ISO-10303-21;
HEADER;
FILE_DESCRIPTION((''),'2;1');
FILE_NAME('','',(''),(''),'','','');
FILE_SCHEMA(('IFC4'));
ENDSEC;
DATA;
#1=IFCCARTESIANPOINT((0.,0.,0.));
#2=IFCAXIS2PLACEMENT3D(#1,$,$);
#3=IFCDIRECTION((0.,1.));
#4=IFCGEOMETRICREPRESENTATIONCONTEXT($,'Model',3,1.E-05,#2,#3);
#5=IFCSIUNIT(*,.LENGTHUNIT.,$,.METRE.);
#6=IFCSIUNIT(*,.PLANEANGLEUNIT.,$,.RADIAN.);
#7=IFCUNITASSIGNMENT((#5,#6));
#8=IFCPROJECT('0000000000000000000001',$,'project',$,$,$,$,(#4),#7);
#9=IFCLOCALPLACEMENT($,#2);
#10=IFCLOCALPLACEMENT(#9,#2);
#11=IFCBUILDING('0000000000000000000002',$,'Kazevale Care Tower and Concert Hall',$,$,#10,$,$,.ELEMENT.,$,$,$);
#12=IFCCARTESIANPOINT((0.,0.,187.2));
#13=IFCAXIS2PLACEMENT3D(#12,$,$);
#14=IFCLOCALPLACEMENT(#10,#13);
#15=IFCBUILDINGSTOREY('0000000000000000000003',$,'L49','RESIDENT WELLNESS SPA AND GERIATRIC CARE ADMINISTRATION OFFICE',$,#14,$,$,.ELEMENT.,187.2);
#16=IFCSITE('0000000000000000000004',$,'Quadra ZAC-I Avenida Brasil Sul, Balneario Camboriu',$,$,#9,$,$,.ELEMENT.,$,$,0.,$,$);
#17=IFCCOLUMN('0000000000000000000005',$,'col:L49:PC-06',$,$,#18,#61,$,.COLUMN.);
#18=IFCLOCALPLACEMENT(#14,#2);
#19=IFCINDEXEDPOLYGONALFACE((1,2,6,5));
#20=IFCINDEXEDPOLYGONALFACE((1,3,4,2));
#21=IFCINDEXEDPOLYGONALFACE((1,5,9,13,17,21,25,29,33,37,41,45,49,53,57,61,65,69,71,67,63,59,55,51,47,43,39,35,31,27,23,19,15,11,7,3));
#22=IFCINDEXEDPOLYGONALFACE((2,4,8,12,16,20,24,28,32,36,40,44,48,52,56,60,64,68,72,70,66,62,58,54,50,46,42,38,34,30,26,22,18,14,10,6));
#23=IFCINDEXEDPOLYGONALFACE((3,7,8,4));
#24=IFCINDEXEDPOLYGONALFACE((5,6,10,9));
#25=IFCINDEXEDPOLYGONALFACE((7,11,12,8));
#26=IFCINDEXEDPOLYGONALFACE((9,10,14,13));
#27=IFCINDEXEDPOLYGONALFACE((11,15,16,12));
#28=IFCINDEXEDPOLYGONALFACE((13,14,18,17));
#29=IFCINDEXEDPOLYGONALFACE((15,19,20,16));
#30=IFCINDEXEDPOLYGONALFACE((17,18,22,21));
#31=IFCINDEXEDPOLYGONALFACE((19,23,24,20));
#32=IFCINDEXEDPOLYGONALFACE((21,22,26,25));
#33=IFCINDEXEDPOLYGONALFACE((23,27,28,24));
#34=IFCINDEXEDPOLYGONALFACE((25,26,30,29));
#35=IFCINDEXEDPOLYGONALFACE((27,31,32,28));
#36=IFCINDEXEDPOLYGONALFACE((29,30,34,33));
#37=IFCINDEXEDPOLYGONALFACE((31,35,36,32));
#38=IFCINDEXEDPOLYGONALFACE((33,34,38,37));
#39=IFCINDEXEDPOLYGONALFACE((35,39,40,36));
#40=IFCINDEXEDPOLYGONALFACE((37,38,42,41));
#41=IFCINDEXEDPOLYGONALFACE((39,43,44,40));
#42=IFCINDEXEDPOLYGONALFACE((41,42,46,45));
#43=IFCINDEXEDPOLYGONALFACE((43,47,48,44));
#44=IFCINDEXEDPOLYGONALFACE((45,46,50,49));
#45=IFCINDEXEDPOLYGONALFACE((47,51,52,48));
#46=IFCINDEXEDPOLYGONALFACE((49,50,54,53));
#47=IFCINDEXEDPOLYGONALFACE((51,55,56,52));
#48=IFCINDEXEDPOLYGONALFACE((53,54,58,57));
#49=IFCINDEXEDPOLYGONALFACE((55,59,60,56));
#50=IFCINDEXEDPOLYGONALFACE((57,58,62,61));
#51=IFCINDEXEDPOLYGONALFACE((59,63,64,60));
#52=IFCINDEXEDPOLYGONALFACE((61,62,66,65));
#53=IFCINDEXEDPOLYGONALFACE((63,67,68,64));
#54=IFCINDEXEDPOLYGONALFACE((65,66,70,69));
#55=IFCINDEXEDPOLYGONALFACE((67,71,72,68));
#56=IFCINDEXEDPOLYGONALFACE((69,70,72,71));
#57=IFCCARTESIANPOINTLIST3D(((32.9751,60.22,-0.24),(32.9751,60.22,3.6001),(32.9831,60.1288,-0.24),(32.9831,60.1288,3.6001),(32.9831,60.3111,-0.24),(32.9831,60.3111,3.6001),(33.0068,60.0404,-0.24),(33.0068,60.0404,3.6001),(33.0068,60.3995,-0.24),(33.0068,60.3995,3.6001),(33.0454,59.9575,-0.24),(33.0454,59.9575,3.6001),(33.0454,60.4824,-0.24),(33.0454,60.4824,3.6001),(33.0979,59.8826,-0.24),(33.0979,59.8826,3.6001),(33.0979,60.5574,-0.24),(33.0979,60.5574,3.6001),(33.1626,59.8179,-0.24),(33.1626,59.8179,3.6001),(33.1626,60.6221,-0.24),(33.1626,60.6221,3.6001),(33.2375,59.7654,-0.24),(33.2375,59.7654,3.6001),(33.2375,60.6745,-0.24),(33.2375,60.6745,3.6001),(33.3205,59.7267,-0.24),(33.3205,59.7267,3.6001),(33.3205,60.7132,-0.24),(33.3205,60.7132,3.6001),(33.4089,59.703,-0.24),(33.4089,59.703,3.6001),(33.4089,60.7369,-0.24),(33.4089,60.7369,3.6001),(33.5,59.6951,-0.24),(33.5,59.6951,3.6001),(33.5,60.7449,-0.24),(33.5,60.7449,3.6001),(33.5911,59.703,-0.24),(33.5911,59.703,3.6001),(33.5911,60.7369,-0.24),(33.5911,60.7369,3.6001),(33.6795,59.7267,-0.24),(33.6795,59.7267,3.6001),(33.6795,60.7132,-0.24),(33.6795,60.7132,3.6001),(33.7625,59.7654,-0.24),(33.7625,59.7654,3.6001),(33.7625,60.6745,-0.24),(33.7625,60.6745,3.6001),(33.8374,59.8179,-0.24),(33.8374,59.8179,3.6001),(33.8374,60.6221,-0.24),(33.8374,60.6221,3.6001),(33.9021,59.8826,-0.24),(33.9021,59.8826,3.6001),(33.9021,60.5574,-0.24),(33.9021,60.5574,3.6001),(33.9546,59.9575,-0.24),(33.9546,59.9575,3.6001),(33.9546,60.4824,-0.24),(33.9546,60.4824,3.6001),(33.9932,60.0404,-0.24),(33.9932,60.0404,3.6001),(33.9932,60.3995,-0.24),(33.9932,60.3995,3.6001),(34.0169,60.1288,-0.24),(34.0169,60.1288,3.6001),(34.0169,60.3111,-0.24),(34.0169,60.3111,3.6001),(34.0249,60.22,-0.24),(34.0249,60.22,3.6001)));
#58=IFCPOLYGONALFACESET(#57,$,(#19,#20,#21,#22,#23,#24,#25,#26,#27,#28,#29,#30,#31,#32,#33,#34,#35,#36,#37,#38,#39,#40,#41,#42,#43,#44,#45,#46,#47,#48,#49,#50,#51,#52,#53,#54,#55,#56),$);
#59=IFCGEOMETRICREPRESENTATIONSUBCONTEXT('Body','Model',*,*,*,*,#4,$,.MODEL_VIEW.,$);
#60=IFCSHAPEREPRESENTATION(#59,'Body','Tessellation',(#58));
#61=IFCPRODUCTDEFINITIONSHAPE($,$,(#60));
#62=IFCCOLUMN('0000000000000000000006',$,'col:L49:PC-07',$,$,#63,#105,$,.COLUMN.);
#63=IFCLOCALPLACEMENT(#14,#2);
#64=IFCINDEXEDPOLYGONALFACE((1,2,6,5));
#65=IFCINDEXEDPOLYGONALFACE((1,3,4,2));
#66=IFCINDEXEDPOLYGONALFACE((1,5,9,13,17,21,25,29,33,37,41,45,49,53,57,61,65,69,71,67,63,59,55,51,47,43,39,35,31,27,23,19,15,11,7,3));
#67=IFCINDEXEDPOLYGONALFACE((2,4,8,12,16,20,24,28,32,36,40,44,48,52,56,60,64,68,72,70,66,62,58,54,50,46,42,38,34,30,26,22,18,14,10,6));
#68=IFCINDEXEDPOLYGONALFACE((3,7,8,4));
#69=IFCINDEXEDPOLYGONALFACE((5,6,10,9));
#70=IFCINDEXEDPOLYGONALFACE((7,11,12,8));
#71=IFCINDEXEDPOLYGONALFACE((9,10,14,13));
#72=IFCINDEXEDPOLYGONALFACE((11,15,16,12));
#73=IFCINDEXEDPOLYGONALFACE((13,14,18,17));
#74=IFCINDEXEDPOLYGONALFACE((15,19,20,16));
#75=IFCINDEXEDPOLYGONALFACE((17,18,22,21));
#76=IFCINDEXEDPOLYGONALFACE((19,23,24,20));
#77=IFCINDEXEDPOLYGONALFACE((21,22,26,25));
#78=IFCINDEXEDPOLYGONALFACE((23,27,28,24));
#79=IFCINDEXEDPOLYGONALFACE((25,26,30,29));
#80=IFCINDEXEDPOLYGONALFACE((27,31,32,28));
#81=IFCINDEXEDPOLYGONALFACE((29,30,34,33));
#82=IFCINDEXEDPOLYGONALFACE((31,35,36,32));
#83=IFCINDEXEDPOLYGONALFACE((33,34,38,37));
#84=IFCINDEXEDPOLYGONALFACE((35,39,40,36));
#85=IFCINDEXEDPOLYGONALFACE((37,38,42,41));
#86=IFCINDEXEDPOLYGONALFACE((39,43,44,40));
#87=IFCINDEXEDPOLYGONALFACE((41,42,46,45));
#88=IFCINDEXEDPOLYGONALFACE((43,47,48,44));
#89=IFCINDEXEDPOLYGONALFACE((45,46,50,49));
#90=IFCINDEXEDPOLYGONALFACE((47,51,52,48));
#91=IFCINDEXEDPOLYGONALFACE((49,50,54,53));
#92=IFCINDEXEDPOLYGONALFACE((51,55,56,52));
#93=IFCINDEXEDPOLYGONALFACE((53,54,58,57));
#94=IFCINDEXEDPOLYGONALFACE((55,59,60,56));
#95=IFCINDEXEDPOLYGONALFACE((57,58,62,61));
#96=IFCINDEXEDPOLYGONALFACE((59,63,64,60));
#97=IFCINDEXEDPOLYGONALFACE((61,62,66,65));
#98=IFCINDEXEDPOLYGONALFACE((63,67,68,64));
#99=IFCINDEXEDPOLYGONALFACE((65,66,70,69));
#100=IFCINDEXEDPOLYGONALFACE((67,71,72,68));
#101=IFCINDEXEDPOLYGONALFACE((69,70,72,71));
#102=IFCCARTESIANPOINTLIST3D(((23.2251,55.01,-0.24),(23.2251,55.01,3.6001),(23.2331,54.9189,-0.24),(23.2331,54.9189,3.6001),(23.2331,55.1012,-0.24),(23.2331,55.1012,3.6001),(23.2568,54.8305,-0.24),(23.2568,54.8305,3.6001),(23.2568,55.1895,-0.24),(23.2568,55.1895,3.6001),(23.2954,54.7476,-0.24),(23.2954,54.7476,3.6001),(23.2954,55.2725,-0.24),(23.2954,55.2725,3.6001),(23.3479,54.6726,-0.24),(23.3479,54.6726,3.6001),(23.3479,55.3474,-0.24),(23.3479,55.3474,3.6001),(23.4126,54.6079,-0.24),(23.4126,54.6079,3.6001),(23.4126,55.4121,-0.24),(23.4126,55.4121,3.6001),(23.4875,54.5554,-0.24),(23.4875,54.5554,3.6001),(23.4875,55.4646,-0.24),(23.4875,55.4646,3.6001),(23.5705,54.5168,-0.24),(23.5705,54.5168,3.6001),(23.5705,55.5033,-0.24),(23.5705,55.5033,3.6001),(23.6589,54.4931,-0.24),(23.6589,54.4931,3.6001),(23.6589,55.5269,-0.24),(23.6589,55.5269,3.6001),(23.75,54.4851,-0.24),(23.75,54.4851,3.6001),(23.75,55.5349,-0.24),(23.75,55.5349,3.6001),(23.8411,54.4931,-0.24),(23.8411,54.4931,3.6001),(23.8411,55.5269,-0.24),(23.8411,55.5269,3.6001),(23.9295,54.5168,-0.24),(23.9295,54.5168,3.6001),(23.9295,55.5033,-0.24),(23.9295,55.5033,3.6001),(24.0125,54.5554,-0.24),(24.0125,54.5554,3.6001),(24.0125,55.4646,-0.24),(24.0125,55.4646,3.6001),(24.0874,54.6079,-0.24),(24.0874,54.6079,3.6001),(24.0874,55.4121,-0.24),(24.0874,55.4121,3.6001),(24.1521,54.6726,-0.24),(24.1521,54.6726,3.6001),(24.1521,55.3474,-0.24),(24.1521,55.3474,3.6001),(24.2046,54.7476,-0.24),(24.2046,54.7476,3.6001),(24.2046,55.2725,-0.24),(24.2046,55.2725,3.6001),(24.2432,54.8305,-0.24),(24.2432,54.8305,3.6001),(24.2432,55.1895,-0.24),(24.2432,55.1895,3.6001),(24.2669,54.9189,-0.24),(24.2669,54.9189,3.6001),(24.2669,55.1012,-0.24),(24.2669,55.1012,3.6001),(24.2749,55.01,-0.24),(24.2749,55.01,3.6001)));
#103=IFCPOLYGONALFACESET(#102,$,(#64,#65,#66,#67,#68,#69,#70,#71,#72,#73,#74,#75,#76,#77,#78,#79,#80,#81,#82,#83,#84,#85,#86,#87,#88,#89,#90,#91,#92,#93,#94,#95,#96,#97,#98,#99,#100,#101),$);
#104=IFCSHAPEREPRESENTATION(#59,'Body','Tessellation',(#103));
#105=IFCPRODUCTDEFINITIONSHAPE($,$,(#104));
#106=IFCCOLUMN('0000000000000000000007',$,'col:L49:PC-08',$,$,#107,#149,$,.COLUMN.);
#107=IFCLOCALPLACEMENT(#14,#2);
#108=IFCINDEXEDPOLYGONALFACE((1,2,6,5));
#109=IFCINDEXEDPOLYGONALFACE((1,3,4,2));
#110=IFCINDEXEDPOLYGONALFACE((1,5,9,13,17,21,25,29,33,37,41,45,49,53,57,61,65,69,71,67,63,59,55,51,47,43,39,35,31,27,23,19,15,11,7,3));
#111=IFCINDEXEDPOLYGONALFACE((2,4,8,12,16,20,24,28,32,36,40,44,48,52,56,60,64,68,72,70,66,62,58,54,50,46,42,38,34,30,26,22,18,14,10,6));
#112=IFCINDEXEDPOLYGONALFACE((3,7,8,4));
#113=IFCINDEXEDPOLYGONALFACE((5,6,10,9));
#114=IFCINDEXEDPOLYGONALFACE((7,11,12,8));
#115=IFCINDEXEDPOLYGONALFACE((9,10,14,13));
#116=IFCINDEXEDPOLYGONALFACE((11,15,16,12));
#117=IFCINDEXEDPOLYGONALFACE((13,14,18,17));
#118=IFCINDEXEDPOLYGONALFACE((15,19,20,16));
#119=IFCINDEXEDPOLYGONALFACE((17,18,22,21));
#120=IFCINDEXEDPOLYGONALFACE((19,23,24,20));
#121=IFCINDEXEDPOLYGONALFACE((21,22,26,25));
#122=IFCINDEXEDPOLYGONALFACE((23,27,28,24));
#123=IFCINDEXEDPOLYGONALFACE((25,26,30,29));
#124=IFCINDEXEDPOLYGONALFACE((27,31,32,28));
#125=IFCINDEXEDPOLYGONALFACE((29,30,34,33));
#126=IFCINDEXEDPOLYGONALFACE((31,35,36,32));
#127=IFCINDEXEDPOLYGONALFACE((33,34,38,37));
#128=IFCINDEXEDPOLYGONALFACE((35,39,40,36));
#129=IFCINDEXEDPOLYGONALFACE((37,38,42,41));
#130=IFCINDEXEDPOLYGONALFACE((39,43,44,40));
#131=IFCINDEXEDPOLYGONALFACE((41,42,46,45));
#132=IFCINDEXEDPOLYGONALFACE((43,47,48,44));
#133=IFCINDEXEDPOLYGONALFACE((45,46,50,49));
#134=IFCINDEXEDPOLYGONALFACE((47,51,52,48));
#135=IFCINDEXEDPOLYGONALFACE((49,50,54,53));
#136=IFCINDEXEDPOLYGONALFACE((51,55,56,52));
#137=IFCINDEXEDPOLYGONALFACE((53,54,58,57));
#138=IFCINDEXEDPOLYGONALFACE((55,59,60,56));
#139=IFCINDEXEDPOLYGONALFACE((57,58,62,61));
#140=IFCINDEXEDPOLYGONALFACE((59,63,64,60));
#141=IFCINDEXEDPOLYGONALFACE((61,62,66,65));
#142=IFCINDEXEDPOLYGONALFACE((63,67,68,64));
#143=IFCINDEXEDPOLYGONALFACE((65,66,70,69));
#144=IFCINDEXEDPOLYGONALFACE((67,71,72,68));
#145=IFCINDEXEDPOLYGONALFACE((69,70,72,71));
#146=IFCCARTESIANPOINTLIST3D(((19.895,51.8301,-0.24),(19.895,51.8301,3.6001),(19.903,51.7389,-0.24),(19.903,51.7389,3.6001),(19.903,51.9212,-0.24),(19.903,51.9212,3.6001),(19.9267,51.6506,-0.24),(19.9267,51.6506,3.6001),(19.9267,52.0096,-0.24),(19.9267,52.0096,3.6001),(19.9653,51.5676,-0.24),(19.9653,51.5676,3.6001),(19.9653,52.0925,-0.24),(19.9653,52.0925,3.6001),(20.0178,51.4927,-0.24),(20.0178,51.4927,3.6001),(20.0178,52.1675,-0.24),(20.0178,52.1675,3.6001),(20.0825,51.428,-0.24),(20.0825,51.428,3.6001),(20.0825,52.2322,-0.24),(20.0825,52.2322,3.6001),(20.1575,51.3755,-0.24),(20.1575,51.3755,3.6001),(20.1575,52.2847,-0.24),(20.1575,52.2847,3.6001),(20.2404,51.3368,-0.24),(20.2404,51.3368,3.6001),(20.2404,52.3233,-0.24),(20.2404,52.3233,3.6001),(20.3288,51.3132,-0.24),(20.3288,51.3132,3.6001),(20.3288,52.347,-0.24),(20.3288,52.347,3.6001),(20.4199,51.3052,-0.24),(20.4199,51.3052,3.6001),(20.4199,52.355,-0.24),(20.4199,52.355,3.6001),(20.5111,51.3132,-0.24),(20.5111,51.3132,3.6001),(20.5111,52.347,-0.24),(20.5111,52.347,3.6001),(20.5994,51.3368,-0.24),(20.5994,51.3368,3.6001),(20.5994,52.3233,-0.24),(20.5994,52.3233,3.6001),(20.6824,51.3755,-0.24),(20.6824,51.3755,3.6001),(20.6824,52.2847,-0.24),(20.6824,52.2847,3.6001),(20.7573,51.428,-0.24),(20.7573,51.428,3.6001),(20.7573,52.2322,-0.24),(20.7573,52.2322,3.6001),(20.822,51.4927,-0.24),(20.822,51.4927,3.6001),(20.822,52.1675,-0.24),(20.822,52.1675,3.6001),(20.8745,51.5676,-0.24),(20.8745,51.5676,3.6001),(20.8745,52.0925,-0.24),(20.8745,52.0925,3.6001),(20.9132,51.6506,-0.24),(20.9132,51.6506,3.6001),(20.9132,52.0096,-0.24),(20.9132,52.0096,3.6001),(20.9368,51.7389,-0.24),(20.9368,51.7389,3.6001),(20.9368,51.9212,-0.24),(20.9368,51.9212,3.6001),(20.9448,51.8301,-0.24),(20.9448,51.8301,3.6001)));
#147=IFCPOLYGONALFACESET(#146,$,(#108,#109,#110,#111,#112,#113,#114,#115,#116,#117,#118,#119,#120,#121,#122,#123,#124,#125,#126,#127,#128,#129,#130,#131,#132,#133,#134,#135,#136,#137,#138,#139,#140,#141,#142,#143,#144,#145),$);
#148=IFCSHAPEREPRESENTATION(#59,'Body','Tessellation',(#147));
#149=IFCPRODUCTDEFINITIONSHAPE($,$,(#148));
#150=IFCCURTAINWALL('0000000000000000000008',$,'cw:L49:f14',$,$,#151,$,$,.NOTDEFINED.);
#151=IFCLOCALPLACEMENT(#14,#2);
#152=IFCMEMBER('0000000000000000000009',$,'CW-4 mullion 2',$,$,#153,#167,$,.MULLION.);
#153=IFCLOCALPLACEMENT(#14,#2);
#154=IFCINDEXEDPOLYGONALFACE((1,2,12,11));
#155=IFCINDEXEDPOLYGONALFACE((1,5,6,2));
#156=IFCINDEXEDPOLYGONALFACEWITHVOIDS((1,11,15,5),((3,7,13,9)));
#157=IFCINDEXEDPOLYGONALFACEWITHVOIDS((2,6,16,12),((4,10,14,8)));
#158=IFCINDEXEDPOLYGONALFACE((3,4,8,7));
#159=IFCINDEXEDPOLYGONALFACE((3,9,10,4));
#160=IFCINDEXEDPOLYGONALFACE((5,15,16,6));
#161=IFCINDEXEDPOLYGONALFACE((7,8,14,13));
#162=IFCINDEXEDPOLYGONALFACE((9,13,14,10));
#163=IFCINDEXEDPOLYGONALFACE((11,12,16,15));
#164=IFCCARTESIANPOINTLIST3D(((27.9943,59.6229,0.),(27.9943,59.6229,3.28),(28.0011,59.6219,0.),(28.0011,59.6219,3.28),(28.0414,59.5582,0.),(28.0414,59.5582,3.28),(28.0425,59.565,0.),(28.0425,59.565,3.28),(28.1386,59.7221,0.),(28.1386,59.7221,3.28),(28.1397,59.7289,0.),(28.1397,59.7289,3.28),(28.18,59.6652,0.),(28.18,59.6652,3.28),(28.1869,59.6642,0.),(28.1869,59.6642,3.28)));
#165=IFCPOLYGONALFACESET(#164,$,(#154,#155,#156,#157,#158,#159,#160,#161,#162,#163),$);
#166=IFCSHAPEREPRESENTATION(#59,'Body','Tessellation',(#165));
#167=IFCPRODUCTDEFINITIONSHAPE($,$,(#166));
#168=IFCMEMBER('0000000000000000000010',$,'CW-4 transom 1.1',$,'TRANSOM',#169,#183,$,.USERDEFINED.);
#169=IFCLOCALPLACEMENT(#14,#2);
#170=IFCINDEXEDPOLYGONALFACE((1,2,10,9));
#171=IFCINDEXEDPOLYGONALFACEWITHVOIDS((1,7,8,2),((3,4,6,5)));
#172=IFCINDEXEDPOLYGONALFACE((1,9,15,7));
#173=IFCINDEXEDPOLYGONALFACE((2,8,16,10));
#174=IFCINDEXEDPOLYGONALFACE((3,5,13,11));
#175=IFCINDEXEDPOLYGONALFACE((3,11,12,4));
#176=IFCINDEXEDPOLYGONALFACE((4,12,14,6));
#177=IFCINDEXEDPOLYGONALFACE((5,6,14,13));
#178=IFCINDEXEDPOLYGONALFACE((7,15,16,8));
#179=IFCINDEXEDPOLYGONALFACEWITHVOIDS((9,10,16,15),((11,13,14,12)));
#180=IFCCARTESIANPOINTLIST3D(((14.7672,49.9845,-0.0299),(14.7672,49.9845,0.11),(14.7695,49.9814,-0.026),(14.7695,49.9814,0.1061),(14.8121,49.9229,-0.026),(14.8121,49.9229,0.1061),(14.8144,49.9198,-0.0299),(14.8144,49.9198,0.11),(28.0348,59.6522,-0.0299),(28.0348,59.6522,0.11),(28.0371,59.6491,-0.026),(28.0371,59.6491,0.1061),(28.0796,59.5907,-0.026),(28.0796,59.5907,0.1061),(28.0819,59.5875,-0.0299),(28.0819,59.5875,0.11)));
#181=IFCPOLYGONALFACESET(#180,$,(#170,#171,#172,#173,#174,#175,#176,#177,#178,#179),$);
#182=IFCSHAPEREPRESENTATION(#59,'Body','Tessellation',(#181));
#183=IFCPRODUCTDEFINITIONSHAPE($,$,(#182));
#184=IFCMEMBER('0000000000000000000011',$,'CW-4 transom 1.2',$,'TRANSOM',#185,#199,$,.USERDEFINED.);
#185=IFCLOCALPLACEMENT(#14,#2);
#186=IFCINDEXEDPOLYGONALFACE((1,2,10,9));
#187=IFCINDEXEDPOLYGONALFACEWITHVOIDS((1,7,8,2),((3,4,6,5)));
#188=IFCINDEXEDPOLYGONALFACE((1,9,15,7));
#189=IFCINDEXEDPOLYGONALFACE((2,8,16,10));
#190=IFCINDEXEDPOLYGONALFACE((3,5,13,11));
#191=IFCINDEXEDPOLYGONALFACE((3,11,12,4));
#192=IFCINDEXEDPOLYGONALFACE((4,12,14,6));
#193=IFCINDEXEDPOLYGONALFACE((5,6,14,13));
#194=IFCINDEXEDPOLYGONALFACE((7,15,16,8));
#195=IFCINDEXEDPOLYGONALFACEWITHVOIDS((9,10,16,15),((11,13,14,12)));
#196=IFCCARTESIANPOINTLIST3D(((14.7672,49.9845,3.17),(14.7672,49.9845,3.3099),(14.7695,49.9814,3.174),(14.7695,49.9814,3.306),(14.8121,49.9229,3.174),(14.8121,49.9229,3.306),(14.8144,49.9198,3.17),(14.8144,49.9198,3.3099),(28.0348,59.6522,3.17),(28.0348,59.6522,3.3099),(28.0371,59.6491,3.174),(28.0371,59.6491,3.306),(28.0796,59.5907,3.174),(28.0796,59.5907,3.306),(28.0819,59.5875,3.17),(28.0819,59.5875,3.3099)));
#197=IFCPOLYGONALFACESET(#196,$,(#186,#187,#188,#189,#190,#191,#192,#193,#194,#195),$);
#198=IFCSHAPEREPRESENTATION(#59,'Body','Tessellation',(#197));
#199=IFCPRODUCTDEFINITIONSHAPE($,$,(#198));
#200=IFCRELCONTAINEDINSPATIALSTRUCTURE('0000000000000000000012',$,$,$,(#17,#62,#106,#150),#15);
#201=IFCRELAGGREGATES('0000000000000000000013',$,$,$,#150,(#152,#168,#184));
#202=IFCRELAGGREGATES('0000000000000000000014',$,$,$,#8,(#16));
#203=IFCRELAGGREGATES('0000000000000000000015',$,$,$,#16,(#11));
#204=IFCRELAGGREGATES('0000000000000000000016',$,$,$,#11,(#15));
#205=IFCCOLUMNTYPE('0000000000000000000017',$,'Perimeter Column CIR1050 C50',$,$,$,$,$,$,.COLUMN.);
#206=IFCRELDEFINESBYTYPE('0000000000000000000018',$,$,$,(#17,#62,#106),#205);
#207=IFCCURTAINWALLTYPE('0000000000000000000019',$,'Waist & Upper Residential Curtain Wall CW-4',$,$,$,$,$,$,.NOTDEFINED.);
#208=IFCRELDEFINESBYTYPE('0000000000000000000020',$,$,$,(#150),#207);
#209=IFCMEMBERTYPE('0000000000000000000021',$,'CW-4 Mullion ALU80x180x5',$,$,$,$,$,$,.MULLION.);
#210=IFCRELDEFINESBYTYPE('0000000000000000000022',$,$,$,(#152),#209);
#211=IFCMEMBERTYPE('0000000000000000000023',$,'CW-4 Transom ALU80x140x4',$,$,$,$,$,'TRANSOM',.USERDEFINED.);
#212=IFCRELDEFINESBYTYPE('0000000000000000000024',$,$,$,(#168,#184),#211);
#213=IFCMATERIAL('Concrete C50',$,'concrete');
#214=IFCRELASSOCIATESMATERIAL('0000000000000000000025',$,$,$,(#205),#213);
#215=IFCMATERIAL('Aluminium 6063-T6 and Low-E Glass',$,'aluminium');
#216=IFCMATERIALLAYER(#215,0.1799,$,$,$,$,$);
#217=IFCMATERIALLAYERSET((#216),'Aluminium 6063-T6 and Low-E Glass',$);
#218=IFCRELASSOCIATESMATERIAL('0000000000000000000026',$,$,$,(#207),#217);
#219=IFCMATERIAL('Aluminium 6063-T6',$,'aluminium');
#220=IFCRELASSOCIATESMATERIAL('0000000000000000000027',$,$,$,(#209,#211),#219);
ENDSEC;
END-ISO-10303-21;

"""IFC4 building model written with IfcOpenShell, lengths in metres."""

from ifc_helpers import new_model, si_unit, direction, frame, origin, origin_2d, place, context, subcontext, project, spatial, hollow_rectangle, circle, extrude, material, layer, layer_set, material_profile, profile_set, type_object, element, aggregate, save


model = new_model("IFC4")

# Units and contexts
model_context = context("Model", 3, precision=1e-05, world=origin(), true_north=direction((0.0, 1.0)))
body_context = subcontext(model_context, "Body", "Model", "MODEL_VIEW")
ifc_project = project(units=[si_unit("LENGTHUNIT", "METRE"), si_unit("PLANEANGLEUNIT", "RADIAN")], contexts=[model_context])

# Site, building, storey
site_placement = place(None, origin())
site = spatial("IfcSite", under=ifc_project, at=site_placement, Name="Quadra ZAC-I Avenida Brasil Sul, Balneario Camboriu", CompositionType="ELEMENT", RefElevation=0.0)
building_placement = place(site_placement, origin())
building = spatial("IfcBuilding", under=site, at=building_placement, Name="Kazevale Care Tower and Concert Hall", CompositionType="ELEMENT")
storey_placement = place(building_placement, frame((0.0, 0.0, 187.2)))
storey = spatial("IfcBuildingStorey", under=building, at=storey_placement, Name="L49", Description="RESIDENT WELLNESS SPA AND GERIATRIC CARE ADMINISTRATION OFFICE", CompositionType="ELEMENT", Elevation=187.2)

# Columns
ifc_material_1 = material(Name="Concrete C50", Category="concrete")
ifc_material_profile_1 = material_profile(ifc_material_1, circle(Radius=0.5249, at=origin_2d()), Name="RC-CIR1050")
ifc_profile_set_1 = profile_set([ifc_material_profile_1], Name="Concrete C50")
column_type = type_object("IfcColumnType", Name="Perimeter Column CIR1050 C50", PredefinedType="COLUMN", material=ifc_profile_set_1)
for number, where, z_axis, x_axis, name in (
    (1, (33.5, 60.22, -0.24), (0.0, 0.0, 1.0), (1.0, 0.0, 0.0), "col:L49:PC-06"),
    (2, (23.75, 55.01, -0.24), (0.0, 0.0, 1.0), (1.0, 0.0, 0.0), "col:L49:PC-07"),
    (3, (20.4199, 51.8301, -0.24), (0.0, 0.0, 1.0), (1.0, 0.0, 0.0), "col:L49:PC-08"),
):
    element("IfcColumn", number, at=place(storey_placement, frame(where, z_axis=z_axis, x_axis=x_axis)), inside=storey, type_object=column_type, Name=name, PredefinedType="COLUMN", context=body_context, shape_type="SweptSolid", body=[
        extrude(circle(Radius=0.5249, at=origin_2d()), origin(), (0.0, 0.0, 1.0), 3.8401),
    ])

# Curtain wall, members
ifc_material_2 = material(Name="Aluminium 6063-T6 and Low-E Glass", Category="aluminium")
ifc_layer_1 = layer(ifc_material_2, 0.1799)
ifc_layer_set_1 = layer_set([ifc_layer_1], Name="Aluminium 6063-T6 and Low-E Glass")
curtain_wall_type = type_object("IfcCurtainWallType", Name="Waist & Upper Residential Curtain Wall CW-4", PredefinedType="NOTDEFINED", material=ifc_layer_set_1)
curtain_wall_placement = place(storey_placement, origin())
curtain_wall = element("IfcCurtainWall", 4, at=curtain_wall_placement, inside=storey, type_object=curtain_wall_type, Name="cw:L49:f14", PredefinedType="NOTDEFINED")
ifc_material_3 = material(Name="Aluminium 6063-T6", Category="aluminium")
ifc_material_profile_2 = material_profile(ifc_material_3, hollow_rectangle(XDim=0.0801, YDim=0.1799, WallThickness=0.0049, at=origin_2d()), Name="ALU80x180x5")
ifc_profile_set_2 = profile_set([ifc_material_profile_2], Name="Aluminium 6063-T6")
member_type_1 = type_object("IfcMemberType", Name="CW-4 Mullion ALU80x180x5", PredefinedType="MULLION", material=ifc_profile_set_2)
member_1_placement = place(storey_placement, frame((28.0906, 59.6436, 0.0), z_axis=(0.0, 0.0, 1.0), x_axis=(-0.58891, 0.808198, 0.0)))
member_1 = element("IfcMember", 5, at=member_1_placement, type_object=member_type_1, Name="CW-4 mullion 2", PredefinedType="MULLION", context=body_context, shape_type="SweptSolid", body=[
    extrude(hollow_rectangle(XDim=0.0801, YDim=0.1799, WallThickness=0.0049, at=origin_2d()), origin(), (0.0, 0.0, 1.0), 3.28),
])
ifc_material_profile_3 = material_profile(ifc_material_3, hollow_rectangle(XDim=0.0801, YDim=0.1399, WallThickness=0.0039, at=origin_2d()), Name="ALU80x140x4")
ifc_profile_set_3 = profile_set([ifc_material_profile_3], Name="Aluminium 6063-T6")
member_type_2 = type_object("IfcMemberType", Name="CW-4 Transom ALU80x140x4", ElementType="TRANSOM", PredefinedType="USERDEFINED", material=ifc_profile_set_3)
member_2_placement = place(storey_placement, frame((14.7908, 49.9521, 0.04), z_axis=(0.808197, 0.588912, 0.0), x_axis=(-0.588912, 0.808197, 0.0)))
member_2 = element("IfcMember", 6, at=member_2_placement, type_object=member_type_2, Name="CW-4 transom 1.1", ObjectType="TRANSOM", PredefinedType="USERDEFINED", context=body_context, shape_type="SweptSolid", body=[
    extrude(hollow_rectangle(XDim=0.0801, YDim=0.1399, WallThickness=0.0039, at=origin_2d()), origin(), (0.0, 0.0, 1.0), 16.4163),
])
member_3_placement = place(storey_placement, frame((14.7908, 49.9521, 3.24), z_axis=(0.808197, 0.588912, 0.0), x_axis=(-0.588912, 0.808197, 0.0)))
member_3 = element("IfcMember", 7, at=member_3_placement, type_object=member_type_2, Name="CW-4 transom 1.2", ObjectType="TRANSOM", PredefinedType="USERDEFINED", context=body_context, shape_type="SweptSolid", body=[
    extrude(hollow_rectangle(XDim=0.0801, YDim=0.1399, WallThickness=0.0039, at=origin_2d()), origin(), (0.0, 0.0, 1.0), 16.4163),
])

aggregate(curtain_wall, [member_1, member_2, member_3])

save(model, "model.ifc")
